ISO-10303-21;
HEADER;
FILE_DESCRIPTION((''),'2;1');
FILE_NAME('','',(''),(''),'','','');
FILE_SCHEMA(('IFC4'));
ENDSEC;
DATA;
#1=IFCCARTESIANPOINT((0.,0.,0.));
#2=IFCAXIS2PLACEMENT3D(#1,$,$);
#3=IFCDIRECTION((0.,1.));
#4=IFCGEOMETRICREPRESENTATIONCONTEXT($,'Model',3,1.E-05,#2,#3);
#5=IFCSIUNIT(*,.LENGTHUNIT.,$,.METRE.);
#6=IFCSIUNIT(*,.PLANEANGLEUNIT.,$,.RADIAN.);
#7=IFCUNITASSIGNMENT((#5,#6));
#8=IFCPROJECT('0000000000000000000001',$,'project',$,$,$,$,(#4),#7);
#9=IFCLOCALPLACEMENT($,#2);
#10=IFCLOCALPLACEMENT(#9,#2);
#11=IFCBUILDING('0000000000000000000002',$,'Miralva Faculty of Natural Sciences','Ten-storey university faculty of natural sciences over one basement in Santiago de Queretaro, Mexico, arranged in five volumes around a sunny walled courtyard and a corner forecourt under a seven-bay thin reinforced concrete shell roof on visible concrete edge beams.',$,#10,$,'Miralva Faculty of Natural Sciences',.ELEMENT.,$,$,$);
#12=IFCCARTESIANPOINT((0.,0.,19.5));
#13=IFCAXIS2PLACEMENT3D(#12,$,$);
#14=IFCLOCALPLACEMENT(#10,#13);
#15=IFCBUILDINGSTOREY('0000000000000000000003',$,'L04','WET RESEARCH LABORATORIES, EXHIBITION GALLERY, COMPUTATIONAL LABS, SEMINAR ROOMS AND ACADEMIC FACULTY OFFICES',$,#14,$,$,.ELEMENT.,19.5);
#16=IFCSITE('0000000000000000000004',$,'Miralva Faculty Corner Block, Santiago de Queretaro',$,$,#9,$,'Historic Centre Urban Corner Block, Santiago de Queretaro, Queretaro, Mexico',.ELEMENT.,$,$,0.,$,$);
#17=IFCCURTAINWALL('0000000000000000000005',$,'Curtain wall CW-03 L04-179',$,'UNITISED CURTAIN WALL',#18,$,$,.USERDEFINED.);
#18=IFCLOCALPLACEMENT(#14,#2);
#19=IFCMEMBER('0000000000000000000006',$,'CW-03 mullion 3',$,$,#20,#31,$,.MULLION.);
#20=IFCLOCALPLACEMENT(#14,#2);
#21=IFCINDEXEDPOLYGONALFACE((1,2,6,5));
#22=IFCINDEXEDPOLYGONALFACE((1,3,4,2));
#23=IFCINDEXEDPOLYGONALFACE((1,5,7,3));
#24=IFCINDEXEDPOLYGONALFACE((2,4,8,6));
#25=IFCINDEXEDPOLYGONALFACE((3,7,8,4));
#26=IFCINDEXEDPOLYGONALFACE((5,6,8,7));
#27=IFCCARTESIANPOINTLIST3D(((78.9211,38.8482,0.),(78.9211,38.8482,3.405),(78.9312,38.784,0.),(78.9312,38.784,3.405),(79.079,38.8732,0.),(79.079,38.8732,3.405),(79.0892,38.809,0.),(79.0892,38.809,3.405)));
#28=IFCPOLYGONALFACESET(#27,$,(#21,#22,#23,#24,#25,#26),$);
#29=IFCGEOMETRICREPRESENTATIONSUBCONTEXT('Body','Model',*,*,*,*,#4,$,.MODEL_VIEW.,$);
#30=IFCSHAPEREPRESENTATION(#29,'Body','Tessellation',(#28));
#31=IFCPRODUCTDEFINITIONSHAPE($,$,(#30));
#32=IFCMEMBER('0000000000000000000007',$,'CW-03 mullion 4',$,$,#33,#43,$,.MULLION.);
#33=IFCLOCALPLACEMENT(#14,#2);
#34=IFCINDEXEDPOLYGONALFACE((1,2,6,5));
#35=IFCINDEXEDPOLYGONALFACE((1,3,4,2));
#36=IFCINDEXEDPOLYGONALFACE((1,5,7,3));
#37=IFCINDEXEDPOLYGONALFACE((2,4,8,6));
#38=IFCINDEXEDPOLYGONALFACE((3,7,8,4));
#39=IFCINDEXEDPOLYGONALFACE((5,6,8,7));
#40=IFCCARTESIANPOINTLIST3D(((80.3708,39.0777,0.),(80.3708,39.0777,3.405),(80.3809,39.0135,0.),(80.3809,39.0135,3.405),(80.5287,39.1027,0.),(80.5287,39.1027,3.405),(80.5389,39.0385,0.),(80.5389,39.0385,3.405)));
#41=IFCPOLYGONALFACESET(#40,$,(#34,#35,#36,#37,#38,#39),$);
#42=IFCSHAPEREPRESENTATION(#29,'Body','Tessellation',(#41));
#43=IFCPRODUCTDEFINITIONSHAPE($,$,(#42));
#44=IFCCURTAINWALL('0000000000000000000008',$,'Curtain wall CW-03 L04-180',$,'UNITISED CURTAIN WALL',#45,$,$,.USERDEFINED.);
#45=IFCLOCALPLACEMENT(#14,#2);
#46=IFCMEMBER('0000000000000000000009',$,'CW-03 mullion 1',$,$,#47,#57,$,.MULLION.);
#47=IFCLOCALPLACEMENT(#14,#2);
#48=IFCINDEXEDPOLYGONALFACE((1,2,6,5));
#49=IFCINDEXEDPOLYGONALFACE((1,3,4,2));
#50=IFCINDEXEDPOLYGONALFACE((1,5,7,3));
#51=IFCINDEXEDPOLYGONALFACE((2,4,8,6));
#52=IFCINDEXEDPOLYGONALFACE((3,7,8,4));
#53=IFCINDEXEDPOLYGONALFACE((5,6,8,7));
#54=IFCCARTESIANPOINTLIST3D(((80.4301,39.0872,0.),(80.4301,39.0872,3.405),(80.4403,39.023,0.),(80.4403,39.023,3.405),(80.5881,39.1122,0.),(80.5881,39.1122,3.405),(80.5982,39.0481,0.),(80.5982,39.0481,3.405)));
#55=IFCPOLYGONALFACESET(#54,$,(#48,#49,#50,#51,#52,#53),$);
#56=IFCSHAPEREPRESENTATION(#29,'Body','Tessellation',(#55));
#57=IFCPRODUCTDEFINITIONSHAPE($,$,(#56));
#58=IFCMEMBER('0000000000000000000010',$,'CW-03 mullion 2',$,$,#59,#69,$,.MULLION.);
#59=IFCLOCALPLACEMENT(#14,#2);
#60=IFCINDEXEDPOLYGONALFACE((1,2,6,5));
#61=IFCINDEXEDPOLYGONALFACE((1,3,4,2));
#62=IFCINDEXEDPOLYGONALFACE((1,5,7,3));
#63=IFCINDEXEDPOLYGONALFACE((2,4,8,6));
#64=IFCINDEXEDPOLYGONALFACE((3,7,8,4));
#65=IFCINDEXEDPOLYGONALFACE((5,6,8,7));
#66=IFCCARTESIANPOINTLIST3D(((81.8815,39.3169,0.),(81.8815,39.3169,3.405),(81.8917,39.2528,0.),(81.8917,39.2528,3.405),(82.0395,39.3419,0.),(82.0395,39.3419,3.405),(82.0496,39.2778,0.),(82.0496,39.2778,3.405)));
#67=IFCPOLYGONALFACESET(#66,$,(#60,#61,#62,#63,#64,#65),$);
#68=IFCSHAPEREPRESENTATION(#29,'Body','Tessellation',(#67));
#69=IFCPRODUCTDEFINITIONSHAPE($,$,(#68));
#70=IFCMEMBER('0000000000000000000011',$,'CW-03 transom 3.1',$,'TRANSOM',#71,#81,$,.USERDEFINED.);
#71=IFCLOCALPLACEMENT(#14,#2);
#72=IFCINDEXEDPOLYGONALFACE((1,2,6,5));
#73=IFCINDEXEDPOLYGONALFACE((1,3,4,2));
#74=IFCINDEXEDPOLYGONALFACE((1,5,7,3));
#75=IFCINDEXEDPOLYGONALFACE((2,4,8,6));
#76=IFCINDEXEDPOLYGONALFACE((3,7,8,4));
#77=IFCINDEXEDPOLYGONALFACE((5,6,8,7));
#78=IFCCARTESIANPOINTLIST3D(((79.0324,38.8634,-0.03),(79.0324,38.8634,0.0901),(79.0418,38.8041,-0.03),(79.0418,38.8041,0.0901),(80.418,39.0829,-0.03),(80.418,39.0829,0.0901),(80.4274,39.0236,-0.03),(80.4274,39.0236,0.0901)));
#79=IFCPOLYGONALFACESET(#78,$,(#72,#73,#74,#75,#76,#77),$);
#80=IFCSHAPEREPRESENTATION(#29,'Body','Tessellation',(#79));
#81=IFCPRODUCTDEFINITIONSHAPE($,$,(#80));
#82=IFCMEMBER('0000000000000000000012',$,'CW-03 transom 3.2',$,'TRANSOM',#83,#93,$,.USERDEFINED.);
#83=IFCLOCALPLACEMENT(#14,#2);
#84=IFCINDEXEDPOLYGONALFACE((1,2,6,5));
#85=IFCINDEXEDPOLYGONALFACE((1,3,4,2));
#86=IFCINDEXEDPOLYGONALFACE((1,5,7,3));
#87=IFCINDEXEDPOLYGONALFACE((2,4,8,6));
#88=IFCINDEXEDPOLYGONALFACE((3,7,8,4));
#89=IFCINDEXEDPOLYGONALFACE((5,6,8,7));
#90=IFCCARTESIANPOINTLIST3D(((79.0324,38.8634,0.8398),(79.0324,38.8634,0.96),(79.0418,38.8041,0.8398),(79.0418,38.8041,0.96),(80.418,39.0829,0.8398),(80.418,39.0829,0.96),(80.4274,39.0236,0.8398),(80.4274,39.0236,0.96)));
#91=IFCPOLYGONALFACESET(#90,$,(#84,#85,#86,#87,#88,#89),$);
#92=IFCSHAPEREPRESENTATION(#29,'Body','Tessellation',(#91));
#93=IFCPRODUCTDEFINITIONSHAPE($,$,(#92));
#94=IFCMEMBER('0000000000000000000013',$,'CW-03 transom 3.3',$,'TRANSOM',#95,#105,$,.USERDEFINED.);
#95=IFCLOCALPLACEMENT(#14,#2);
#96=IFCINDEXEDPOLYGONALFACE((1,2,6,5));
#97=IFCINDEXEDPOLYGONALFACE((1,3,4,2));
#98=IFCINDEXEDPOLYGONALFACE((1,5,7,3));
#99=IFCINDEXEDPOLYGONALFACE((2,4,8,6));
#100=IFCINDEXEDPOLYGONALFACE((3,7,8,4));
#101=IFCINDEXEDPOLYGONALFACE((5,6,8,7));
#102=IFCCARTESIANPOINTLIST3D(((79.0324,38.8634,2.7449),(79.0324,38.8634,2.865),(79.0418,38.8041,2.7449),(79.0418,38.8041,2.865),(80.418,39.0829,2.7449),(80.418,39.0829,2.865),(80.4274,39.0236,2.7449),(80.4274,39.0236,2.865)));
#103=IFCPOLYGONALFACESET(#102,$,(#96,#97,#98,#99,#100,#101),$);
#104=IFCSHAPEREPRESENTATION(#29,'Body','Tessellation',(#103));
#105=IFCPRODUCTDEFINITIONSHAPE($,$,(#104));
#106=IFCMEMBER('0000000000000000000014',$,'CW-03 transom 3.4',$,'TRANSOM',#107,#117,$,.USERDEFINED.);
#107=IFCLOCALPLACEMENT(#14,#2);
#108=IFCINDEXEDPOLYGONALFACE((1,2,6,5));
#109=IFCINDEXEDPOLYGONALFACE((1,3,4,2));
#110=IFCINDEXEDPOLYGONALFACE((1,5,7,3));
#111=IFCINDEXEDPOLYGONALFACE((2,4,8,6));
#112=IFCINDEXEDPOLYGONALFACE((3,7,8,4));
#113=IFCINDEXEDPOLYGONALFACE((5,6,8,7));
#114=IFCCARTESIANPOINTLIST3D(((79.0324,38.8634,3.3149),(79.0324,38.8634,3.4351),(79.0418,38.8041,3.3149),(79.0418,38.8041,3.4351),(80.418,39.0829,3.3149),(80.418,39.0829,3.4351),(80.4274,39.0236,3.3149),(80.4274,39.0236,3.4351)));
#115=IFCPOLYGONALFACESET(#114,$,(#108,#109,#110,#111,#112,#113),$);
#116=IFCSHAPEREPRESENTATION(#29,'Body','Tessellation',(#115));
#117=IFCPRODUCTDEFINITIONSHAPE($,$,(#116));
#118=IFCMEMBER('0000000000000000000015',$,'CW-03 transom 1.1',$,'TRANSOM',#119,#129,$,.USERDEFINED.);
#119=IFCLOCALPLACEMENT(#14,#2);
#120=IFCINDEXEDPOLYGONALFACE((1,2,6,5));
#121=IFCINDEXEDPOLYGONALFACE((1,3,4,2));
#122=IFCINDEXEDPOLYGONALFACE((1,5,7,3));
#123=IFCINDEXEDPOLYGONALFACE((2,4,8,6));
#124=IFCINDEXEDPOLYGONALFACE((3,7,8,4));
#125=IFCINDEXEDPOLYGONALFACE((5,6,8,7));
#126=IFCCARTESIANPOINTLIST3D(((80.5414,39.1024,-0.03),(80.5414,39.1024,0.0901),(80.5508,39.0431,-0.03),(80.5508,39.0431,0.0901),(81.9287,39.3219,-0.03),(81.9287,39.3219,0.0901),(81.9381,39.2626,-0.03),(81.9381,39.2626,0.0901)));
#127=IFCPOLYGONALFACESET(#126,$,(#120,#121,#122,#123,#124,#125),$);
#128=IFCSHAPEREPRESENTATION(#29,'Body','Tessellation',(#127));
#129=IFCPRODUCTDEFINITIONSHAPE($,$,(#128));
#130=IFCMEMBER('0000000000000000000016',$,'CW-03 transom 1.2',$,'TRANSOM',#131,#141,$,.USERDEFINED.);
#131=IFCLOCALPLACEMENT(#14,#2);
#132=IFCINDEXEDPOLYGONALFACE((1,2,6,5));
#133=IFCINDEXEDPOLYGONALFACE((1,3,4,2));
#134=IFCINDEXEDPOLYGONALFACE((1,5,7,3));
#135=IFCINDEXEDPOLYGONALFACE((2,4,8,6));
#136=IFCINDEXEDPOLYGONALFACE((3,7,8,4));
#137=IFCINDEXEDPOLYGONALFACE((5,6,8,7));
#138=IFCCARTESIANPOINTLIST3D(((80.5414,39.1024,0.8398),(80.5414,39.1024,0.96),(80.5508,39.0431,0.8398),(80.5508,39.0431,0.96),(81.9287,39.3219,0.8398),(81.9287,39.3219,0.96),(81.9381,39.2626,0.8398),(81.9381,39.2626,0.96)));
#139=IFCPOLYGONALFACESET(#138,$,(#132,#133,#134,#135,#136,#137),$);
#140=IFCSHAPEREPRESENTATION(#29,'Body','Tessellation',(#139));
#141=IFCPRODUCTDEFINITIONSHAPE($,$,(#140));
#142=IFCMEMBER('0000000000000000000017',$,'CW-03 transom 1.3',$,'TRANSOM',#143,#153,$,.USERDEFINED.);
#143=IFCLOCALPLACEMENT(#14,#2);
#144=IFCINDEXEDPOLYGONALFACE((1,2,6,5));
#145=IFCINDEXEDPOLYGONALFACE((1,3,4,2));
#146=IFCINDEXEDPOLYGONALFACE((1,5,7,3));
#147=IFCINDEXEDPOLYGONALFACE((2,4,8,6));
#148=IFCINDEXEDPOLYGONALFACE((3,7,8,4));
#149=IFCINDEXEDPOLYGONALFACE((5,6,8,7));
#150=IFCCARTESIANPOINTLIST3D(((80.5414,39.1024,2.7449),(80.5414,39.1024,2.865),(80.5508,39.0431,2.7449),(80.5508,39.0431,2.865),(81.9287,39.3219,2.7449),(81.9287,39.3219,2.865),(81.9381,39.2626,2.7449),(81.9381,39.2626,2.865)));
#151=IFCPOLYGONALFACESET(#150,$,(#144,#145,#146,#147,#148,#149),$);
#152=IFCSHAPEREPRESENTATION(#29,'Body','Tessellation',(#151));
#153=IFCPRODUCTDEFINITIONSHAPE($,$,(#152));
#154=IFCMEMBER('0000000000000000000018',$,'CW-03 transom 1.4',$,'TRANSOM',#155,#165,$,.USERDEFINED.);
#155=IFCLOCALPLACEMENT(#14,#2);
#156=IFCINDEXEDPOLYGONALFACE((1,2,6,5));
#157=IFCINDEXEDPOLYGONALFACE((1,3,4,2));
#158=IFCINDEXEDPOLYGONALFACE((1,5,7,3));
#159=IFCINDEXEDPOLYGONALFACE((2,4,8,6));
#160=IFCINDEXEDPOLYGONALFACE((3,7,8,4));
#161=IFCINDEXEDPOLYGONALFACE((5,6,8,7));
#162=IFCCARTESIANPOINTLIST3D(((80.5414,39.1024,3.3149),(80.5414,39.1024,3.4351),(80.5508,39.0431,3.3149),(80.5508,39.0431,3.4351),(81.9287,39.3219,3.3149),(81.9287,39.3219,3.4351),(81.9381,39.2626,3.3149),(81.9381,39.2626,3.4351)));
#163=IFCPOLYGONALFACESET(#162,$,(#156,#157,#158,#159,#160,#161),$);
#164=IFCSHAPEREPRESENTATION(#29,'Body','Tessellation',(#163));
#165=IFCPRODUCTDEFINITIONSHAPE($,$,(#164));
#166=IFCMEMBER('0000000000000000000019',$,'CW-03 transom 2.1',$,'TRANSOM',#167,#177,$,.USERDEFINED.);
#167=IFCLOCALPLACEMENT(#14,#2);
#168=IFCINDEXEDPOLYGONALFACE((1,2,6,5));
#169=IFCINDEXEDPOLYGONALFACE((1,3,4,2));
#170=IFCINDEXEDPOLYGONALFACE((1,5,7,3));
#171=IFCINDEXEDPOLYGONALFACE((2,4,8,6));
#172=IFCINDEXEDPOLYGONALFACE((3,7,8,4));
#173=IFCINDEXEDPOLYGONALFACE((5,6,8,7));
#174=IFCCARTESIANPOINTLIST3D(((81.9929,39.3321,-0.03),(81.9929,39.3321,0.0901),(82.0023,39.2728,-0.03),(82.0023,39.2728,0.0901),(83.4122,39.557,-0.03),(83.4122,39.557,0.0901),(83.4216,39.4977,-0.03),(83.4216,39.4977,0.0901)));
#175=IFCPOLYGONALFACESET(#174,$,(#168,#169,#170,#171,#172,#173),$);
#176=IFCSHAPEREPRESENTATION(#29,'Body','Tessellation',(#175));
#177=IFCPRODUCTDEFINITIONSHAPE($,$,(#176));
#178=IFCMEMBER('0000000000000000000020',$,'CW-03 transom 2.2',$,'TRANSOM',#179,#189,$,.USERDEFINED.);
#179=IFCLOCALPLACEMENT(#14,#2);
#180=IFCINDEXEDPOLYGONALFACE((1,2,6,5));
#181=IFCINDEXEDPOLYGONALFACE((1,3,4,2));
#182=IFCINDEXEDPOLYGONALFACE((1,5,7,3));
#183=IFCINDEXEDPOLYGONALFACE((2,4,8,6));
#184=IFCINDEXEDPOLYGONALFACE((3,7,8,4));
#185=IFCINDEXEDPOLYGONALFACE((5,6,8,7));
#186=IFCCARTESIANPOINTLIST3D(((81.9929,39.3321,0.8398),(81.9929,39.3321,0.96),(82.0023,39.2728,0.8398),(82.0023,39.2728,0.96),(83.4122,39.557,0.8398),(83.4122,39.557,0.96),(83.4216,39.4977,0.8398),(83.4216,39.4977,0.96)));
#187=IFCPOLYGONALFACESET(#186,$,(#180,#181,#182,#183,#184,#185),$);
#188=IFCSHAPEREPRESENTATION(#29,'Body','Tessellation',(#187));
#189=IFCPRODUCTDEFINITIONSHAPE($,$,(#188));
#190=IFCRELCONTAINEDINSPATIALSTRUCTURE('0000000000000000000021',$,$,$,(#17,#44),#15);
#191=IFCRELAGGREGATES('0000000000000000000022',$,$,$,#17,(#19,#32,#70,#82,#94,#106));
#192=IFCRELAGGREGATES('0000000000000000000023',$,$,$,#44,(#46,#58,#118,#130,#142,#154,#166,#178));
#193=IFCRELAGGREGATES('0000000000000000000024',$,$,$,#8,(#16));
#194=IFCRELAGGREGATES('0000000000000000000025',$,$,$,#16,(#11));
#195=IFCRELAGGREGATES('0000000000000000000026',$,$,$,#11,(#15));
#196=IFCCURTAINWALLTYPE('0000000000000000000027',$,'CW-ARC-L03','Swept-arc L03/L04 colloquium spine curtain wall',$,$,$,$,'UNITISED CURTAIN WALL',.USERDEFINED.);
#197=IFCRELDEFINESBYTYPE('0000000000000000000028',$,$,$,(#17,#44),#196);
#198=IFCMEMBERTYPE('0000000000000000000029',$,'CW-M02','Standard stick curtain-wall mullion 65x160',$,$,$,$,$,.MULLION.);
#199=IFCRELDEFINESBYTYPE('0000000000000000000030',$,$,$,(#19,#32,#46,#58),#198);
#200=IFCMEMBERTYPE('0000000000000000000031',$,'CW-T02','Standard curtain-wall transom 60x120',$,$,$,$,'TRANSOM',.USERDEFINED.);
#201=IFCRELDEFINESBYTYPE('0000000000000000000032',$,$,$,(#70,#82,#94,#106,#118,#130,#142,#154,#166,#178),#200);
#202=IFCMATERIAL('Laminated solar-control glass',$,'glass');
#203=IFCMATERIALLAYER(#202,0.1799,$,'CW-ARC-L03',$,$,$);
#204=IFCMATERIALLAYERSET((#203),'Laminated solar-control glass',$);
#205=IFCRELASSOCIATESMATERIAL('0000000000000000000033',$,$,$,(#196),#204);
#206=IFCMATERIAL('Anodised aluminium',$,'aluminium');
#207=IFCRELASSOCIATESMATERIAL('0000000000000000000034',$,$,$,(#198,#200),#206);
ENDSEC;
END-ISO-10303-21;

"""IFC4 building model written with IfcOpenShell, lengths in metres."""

from ifc_helpers import new_model, si_unit, direction, frame, origin, origin_2d, place, context, subcontext, project, spatial, rectangle, extrude, material, layer, layer_set, material_profile, profile_set, type_object, element, aggregate, save


model = new_model("IFC4")

# Units and contexts
model_context = context("Model", 3, precision=1e-05, world=origin(), true_north=direction((0.0, 1.0)))
body_context = subcontext(model_context, "Body", "Model", "MODEL_VIEW")
ifc_project = project(units=[si_unit("LENGTHUNIT", "METRE"), si_unit("PLANEANGLEUNIT", "RADIAN")], contexts=[model_context])

# Site, building, storey
site_placement = place(None, origin())
site = spatial("IfcSite", under=ifc_project, at=site_placement, Name="Miralva Faculty Corner Block, Santiago de Queretaro", LongName="Historic Centre Urban Corner Block, Santiago de Queretaro, Queretaro, Mexico", CompositionType="ELEMENT", RefElevation=0.0)
building_placement = place(site_placement, origin())
building = spatial("IfcBuilding", under=site, at=building_placement, Name="Miralva Faculty of Natural Sciences", Description="Ten-storey university faculty of natural sciences over one basement in Santiago de Queretaro, Mexico, arranged in five volumes around a sunny walled courtyard and a corner forecourt under a seven-bay thin reinforced concrete shell roof on visible concrete edge beams.", LongName="Miralva Faculty of Natural Sciences", CompositionType="ELEMENT")
storey_placement = place(building_placement, frame((0.0, 0.0, 19.5)))
storey = spatial("IfcBuildingStorey", under=building, at=storey_placement, Name="L04", Description="WET RESEARCH LABORATORIES, EXHIBITION GALLERY, COMPUTATIONAL LABS, SEMINAR ROOMS AND ACADEMIC FACULTY OFFICES", CompositionType="ELEMENT", Elevation=19.5)

# Curtain walls, members
ifc_material_1 = material(Name="Laminated solar-control glass", Category="glass")
ifc_layer_1 = layer(ifc_material_1, 0.1799, Name="CW-ARC-L03")
ifc_layer_set_1 = layer_set([ifc_layer_1], Name="Laminated solar-control glass")
curtain_wall_type = type_object("IfcCurtainWallType", Name="CW-ARC-L03", Description="Swept-arc L03/L04 colloquium spine curtain wall", ElementType="UNITISED CURTAIN WALL", PredefinedType="USERDEFINED", material=ifc_layer_set_1)
curtain_wall_1_placement = place(storey_placement, origin())
curtain_wall_1 = element("IfcCurtainWall", 1, at=curtain_wall_1_placement, inside=storey, type_object=curtain_wall_type, Name="Curtain wall CW-03 L04-179", ObjectType="UNITISED CURTAIN WALL", PredefinedType="USERDEFINED")
ifc_material_2 = material(Name="Anodised aluminium", Category="aluminium")
ifc_material_profile_1 = material_profile(ifc_material_2, rectangle(XDim=0.0649, YDim=0.1599, at=origin_2d()), Name="MULLION 65x160")
ifc_profile_set_1 = profile_set([ifc_material_profile_1], Name="Anodised aluminium")
member_type_1 = type_object("IfcMemberType", Name="CW-M02", Description="Standard stick curtain-wall mullion 65x160", PredefinedType="MULLION", material=ifc_profile_set_1)
member_1_placement = place(storey_placement, frame((79.0051, 38.8286, 0.0), z_axis=(0.0, 0.0, 1.0), x_axis=(-0.156431, 0.987689, 0.0)))
member_1 = element("IfcMember", 2, at=member_1_placement, type_object=member_type_1, Name="CW-03 mullion 3", PredefinedType="MULLION", context=body_context, shape_type="SweptSolid", body=[
    extrude(rectangle(XDim=0.0649, YDim=0.1599, at=origin_2d()), origin(), (0.0, 0.0, 1.0), 3.405),
])
member_2_placement = place(storey_placement, frame((80.4548, 39.0581, 0.0), z_axis=(0.0, 0.0, 1.0), x_axis=(-0.156431, 0.987689, 0.0)))
member_2 = element("IfcMember", 3, at=member_2_placement, type_object=member_type_1, Name="CW-03 mullion 4", PredefinedType="MULLION", context=body_context, shape_type="SweptSolid", body=[
    extrude(rectangle(XDim=0.0649, YDim=0.1599, at=origin_2d()), origin(), (0.0, 0.0, 1.0), 3.405),
])
curtain_wall_2_placement = place(storey_placement, origin())
curtain_wall_2 = element("IfcCurtainWall", 4, at=curtain_wall_2_placement, inside=storey, type_object=curtain_wall_type, Name="Curtain wall CW-03 L04-180", ObjectType="UNITISED CURTAIN WALL", PredefinedType="USERDEFINED")
member_3_placement = place(storey_placement, frame((80.5142, 39.0676, 0.0), z_axis=(0.0, 0.0, 1.0), x_axis=(-0.156415, 0.987691, 0.0)))
member_3 = element("IfcMember", 5, at=member_3_placement, type_object=member_type_1, Name="CW-03 mullion 1", PredefinedType="MULLION", context=body_context, shape_type="SweptSolid", body=[
    extrude(rectangle(XDim=0.0649, YDim=0.1599, at=origin_2d()), origin(), (0.0, 0.0, 1.0), 3.405),
])
member_4_placement = place(storey_placement, frame((81.9656, 39.2974, 0.0), z_axis=(0.0, 0.0, 1.0), x_axis=(-0.156415, 0.987691, 0.0)))
member_4 = element("IfcMember", 6, at=member_4_placement, type_object=member_type_1, Name="CW-03 mullion 2", PredefinedType="MULLION", context=body_context, shape_type="SweptSolid", body=[
    extrude(rectangle(XDim=0.0649, YDim=0.1599, at=origin_2d()), origin(), (0.0, 0.0, 1.0), 3.405),
])

# Members
ifc_material_profile_2 = material_profile(ifc_material_2, rectangle(XDim=0.0601, YDim=0.1201, at=origin_2d()), Name="TRANSOM 60x120")
ifc_profile_set_2 = profile_set([ifc_material_profile_2], Name="Anodised aluminium")
member_type_2 = type_object("IfcMemberType", Name="CW-T02", Description="Standard curtain-wall transom 60x120", ElementType="TRANSOM", PredefinedType="USERDEFINED", material=ifc_profile_set_2)
member_5_placement = place(storey_placement, frame((79.0371, 38.8337, 0.03), z_axis=(0.987684, 0.156463, 0.0), x_axis=(-0.156463, 0.987684, 0.0)))
member_5 = element("IfcMember", 7, at=member_5_placement, type_object=member_type_2, Name="CW-03 transom 3.1", ObjectType="TRANSOM", PredefinedType="USERDEFINED", context=body_context, shape_type="SweptSolid", body=[
    extrude(rectangle(XDim=0.0601, YDim=0.1201, at=origin_2d()), origin(), (0.0, 0.0, 1.0), 1.4028),
])
member_6_placement = place(storey_placement, frame((79.0371, 38.8337, 0.8999), z_axis=(0.987684, 0.156463, 0.0), x_axis=(-0.156463, 0.987684, 0.0)))
member_6 = element("IfcMember", 8, at=member_6_placement, type_object=member_type_2, Name="CW-03 transom 3.2", ObjectType="TRANSOM", PredefinedType="USERDEFINED", context=body_context, shape_type="SweptSolid", body=[
    extrude(rectangle(XDim=0.0601, YDim=0.1201, at=origin_2d()), origin(), (0.0, 0.0, 1.0), 1.4028),
])
member_7_placement = place(storey_placement, frame((79.0371, 38.8337, 2.8049), z_axis=(0.987684, 0.156463, 0.0), x_axis=(-0.156463, 0.987684, 0.0)))
member_7 = element("IfcMember", 9, at=member_7_placement, type_object=member_type_2, Name="CW-03 transom 3.3", ObjectType="TRANSOM", PredefinedType="USERDEFINED", context=body_context, shape_type="SweptSolid", body=[
    extrude(rectangle(XDim=0.0601, YDim=0.1201, at=origin_2d()), origin(), (0.0, 0.0, 1.0), 1.4028),
])
member_8_placement = place(storey_placement, frame((79.0371, 38.8337, 3.375), z_axis=(0.987684, 0.156463, 0.0), x_axis=(-0.156463, 0.987684, 0.0)))
member_8 = element("IfcMember", 10, at=member_8_placement, type_object=member_type_2, Name="CW-03 transom 3.4", ObjectType="TRANSOM", PredefinedType="USERDEFINED", context=body_context, shape_type="SweptSolid", body=[
    extrude(rectangle(XDim=0.0601, YDim=0.1201, at=origin_2d()), origin(), (0.0, 0.0, 1.0), 1.4028),
])
member_9_placement = place(storey_placement, frame((80.5461, 39.0728, 0.03), z_axis=(0.987714, 0.156275, 0.0), x_axis=(-0.156275, 0.987714, 0.0)))
member_9 = element("IfcMember", 11, at=member_9_placement, type_object=member_type_2, Name="CW-03 transom 1.1", ObjectType="TRANSOM", PredefinedType="USERDEFINED", context=body_context, shape_type="SweptSolid", body=[
    extrude(rectangle(XDim=0.0601, YDim=0.1201, at=origin_2d()), origin(), (0.0, 0.0, 1.0), 1.4045),
])
member_10_placement = place(storey_placement, frame((80.5461, 39.0728, 0.8999), z_axis=(0.987714, 0.156275, 0.0), x_axis=(-0.156275, 0.987714, 0.0)))
member_10 = element("IfcMember", 12, at=member_10_placement, type_object=member_type_2, Name="CW-03 transom 1.2", ObjectType="TRANSOM", PredefinedType="USERDEFINED", context=body_context, shape_type="SweptSolid", body=[
    extrude(rectangle(XDim=0.0601, YDim=0.1201, at=origin_2d()), origin(), (0.0, 0.0, 1.0), 1.4045),
])
member_11_placement = place(storey_placement, frame((80.5461, 39.0728, 2.8049), z_axis=(0.987714, 0.156275, 0.0), x_axis=(-0.156275, 0.987714, 0.0)))
member_11 = element("IfcMember", 13, at=member_11_placement, type_object=member_type_2, Name="CW-03 transom 1.3", ObjectType="TRANSOM", PredefinedType="USERDEFINED", context=body_context, shape_type="SweptSolid", body=[
    extrude(rectangle(XDim=0.0601, YDim=0.1201, at=origin_2d()), origin(), (0.0, 0.0, 1.0), 1.4045),
])
member_12_placement = place(storey_placement, frame((80.5461, 39.0728, 3.375), z_axis=(0.987714, 0.156275, 0.0), x_axis=(-0.156275, 0.987714, 0.0)))
member_12 = element("IfcMember", 14, at=member_12_placement, type_object=member_type_2, Name="CW-03 transom 1.4", ObjectType="TRANSOM", PredefinedType="USERDEFINED", context=body_context, shape_type="SweptSolid", body=[
    extrude(rectangle(XDim=0.0601, YDim=0.1201, at=origin_2d()), origin(), (0.0, 0.0, 1.0), 1.4045),
])
member_13_placement = place(storey_placement, frame((81.9976, 39.3025, 0.03), z_axis=(0.987684, 0.15646, 0.0), x_axis=(-0.15646, 0.987684, 0.0)))
member_13 = element("IfcMember", 15, at=member_13_placement, type_object=member_type_2, Name="CW-03 transom 2.1", ObjectType="TRANSOM", PredefinedType="USERDEFINED", context=body_context, shape_type="SweptSolid", body=[
    extrude(rectangle(XDim=0.0601, YDim=0.1201, at=origin_2d()), origin(), (0.0, 0.0, 1.0), 1.437),
])
member_14_placement = place(storey_placement, frame((81.9976, 39.3025, 0.8999), z_axis=(0.987684, 0.15646, 0.0), x_axis=(-0.15646, 0.987684, 0.0)))
member_14 = element("IfcMember", 16, at=member_14_placement, type_object=member_type_2, Name="CW-03 transom 2.2", ObjectType="TRANSOM", PredefinedType="USERDEFINED", context=body_context, shape_type="SweptSolid", body=[
    extrude(rectangle(XDim=0.0601, YDim=0.1201, at=origin_2d()), origin(), (0.0, 0.0, 1.0), 1.437),
])

aggregate(curtain_wall_1, [member_1, member_2, member_5, member_6, member_7, member_8])
aggregate(curtain_wall_2, [member_3, member_4, member_9, member_10, member_11, member_12, member_13, member_14])

save(model, "model.ifc")
